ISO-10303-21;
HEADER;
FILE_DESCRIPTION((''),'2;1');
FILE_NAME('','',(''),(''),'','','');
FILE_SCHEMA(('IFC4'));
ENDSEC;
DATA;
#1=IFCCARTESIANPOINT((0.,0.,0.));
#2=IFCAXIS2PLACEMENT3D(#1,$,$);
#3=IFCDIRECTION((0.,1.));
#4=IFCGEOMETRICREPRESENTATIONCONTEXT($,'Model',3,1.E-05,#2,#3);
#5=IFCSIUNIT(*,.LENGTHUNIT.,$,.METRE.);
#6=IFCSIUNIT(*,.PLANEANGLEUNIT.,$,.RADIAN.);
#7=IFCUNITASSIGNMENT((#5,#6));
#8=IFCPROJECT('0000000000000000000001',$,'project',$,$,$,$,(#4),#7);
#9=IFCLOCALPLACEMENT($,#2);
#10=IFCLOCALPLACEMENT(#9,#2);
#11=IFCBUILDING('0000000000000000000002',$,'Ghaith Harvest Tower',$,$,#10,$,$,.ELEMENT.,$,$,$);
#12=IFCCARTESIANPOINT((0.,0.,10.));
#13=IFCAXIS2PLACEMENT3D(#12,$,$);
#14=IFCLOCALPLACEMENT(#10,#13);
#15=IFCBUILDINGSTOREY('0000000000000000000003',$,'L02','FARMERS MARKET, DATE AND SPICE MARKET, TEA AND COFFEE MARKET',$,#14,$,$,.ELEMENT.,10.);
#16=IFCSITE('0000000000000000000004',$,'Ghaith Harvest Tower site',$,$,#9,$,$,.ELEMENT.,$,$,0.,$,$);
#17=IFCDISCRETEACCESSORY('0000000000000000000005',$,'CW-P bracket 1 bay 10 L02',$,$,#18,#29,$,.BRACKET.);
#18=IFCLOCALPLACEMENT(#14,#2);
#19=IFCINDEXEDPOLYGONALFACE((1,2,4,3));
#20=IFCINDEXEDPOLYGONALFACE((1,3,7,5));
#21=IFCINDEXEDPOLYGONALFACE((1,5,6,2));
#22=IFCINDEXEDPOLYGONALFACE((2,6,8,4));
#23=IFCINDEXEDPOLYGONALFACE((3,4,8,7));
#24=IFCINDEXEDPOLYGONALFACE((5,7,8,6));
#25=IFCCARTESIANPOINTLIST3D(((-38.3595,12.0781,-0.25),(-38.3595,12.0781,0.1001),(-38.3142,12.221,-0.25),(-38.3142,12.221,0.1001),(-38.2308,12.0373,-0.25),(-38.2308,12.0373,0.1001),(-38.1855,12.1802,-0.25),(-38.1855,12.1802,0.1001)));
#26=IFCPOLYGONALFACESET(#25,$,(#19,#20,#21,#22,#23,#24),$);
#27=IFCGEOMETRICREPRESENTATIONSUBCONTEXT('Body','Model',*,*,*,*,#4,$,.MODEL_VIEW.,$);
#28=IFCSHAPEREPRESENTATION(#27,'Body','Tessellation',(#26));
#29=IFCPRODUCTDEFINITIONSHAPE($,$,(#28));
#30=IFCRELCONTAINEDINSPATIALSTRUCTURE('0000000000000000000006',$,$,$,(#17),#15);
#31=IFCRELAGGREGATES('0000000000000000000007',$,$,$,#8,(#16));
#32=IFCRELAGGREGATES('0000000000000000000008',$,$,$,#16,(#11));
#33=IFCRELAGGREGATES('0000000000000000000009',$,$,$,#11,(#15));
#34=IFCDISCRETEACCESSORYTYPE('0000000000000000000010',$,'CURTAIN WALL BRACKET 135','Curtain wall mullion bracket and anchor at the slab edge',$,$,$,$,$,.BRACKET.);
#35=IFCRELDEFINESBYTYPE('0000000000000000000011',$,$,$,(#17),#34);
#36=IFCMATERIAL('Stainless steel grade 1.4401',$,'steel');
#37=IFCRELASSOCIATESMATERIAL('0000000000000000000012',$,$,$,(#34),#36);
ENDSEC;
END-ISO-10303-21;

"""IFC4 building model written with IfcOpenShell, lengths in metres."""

from ifc_helpers import new_model, si_unit, direction, frame, origin, origin_2d, place, context, subcontext, project, spatial, rectangle, extrude, material, type_object, element, save


model = new_model("IFC4")

# Units and contexts
model_context = context("Model", 3, precision=1e-05, world=origin(), true_north=direction((0.0, 1.0)))
body_context = subcontext(model_context, "Body", "Model", "MODEL_VIEW")
ifc_project = project(units=[si_unit("LENGTHUNIT", "METRE"), si_unit("PLANEANGLEUNIT", "RADIAN")], contexts=[model_context])

# Site, building, storey
site_placement = place(None, origin())
site = spatial("IfcSite", under=ifc_project, at=site_placement, Name="Ghaith Harvest Tower site", CompositionType="ELEMENT", RefElevation=0.0)
building_placement = place(site_placement, origin())
building = spatial("IfcBuilding", under=site, at=building_placement, Name="Ghaith Harvest Tower", CompositionType="ELEMENT")
storey_placement = place(building_placement, frame((0.0, 0.0, 10.0)))
storey = spatial("IfcBuildingStorey", under=building, at=storey_placement, Name="L02", Description="FARMERS MARKET, DATE AND SPICE MARKET, TEA AND COFFEE MARKET", CompositionType="ELEMENT", Elevation=10.0)

# Discrete accessory
ifc_material_1 = material(Name="Stainless steel grade 1.4401", Category="steel")
discrete_accessory_type = type_object("IfcDiscreteAccessoryType", Name="CURTAIN WALL BRACKET 135", Description="Curtain wall mullion bracket and anchor at the slab edge", PredefinedType="BRACKET", material=ifc_material_1)
discrete_accessory_placement = place(storey_placement, frame((-38.2725, 12.1292, -0.25), z_axis=(0.0, 0.0, 1.0), x_axis=(-0.953273, 0.30211, 0.0)))
element("IfcDiscreteAccessory", 1, at=discrete_accessory_placement, inside=storey, type_object=discrete_accessory_type, Name="CW-P bracket 1 bay 10 L02", PredefinedType="BRACKET", context=body_context, shape_type="SweptSolid", body=[
    extrude(rectangle(XDim=0.135, YDim=0.1499, at=origin_2d()), origin(), (0.0, 0.0, 1.0), 0.3501),
])

save(model, "model.ifc")
